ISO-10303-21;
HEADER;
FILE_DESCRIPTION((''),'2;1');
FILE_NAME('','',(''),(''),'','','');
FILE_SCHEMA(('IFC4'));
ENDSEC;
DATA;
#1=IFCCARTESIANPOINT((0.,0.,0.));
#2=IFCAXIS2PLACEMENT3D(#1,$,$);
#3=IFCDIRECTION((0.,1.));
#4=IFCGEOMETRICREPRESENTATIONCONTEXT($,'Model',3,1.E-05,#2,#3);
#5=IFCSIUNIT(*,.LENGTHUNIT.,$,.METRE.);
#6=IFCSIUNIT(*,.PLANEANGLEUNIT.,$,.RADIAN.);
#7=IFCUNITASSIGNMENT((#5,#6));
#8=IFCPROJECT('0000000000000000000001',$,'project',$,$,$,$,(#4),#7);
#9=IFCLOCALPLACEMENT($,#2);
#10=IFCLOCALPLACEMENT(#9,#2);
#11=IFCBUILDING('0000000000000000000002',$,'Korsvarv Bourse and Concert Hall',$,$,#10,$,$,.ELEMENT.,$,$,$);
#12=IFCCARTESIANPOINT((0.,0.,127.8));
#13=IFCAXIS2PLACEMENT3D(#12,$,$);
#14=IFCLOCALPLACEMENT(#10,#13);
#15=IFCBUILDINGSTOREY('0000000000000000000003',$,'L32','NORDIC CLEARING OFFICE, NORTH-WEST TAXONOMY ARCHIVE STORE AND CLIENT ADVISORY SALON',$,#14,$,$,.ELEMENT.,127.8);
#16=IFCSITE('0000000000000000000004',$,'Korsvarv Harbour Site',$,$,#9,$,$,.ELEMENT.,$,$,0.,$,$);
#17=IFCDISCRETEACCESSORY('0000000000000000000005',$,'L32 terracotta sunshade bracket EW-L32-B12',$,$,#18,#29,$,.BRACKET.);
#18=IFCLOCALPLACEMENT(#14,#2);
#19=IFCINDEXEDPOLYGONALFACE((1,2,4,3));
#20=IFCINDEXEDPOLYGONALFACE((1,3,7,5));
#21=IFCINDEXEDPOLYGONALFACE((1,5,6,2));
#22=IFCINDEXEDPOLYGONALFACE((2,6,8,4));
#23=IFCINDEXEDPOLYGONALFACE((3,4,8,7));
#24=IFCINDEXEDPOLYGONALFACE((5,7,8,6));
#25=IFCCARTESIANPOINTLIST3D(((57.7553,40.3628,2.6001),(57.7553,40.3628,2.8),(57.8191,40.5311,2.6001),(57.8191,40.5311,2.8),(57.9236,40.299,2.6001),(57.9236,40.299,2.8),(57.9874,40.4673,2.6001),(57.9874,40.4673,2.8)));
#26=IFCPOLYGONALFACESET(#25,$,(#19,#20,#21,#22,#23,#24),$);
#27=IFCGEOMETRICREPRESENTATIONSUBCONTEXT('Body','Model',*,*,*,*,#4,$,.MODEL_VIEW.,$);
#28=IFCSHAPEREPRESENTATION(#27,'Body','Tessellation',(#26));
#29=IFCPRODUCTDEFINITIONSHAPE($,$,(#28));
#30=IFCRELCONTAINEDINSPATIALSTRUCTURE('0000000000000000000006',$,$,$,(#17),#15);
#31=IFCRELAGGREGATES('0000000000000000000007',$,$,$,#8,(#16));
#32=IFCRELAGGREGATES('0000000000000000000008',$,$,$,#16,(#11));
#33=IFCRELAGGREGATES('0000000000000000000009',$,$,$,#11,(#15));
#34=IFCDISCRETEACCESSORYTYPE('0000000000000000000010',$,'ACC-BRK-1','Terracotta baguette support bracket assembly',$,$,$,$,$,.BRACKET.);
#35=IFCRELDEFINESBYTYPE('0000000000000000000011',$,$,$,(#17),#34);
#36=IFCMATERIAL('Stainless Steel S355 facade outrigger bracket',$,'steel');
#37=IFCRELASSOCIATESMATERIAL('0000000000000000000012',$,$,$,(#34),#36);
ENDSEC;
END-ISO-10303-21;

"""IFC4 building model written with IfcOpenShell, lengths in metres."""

from ifc_helpers import new_model, si_unit, direction, frame, origin, origin_2d, place, context, subcontext, project, spatial, rectangle, extrude, source, transform, mapped, material, type_object, element, save


model = new_model("IFC4")

# Units and contexts
model_context = context("Model", 3, precision=1e-05, world=origin(), true_north=direction((0.0, 1.0)))
body_context = subcontext(model_context, "Body", "Model", "MODEL_VIEW")
ifc_project = project(units=[si_unit("LENGTHUNIT", "METRE"), si_unit("PLANEANGLEUNIT", "RADIAN")], contexts=[model_context])

# Site, building, storey
site_placement = place(None, origin())
site = spatial("IfcSite", under=ifc_project, at=site_placement, Name="Korsvarv Harbour Site", CompositionType="ELEMENT", RefElevation=0.0)
building_placement = place(site_placement, origin())
building = spatial("IfcBuilding", under=site, at=building_placement, Name="Korsvarv Bourse and Concert Hall", CompositionType="ELEMENT")
storey_placement = place(building_placement, frame((0.0, 0.0, 127.8)))
storey = spatial("IfcBuildingStorey", under=building, at=storey_placement, Name="L32", Description="NORDIC CLEARING OFFICE, NORTH-WEST TAXONOMY ARCHIVE STORE AND CLIENT ADVISORY SALON", CompositionType="ELEMENT", Elevation=127.8)

# Discrete accessory
ifc_material_1 = material(Name="Stainless Steel S355 facade outrigger bracket", Category="steel")
discrete_accessory_type = type_object("IfcDiscreteAccessoryType", Name="ACC-BRK-1", Description="Terracotta baguette support bracket assembly", PredefinedType="BRACKET", material=ifc_material_1)
shared_shape_1 = source(origin(), body_context, "Body", "SweptSolid", [
    extrude(rectangle(XDim=0.1799, YDim=0.1799, at=origin_2d()), origin(), (0.0, 0.0, 1.0), 0.2),
])
for number, where, z_axis, x_axis, name in (
    (1, (57.8713, 40.415, 2.6001), (0.0, 0.0, 1.0), (0.354454, 0.935073, 0.0), "L32 terracotta sunshade bracket EW-L32-B12"),
):
    element("IfcDiscreteAccessory", number, at=place(storey_placement, frame(where, z_axis=z_axis, x_axis=x_axis)), inside=storey, type_object=discrete_accessory_type, Name=name, PredefinedType="BRACKET", context=body_context, shape_type="MappedRepresentation", body=[
        mapped(shared_shape_1, transform((0.0, 0.0, 0.0), scale=1.0)),
    ])

save(model, "model.ifc")
